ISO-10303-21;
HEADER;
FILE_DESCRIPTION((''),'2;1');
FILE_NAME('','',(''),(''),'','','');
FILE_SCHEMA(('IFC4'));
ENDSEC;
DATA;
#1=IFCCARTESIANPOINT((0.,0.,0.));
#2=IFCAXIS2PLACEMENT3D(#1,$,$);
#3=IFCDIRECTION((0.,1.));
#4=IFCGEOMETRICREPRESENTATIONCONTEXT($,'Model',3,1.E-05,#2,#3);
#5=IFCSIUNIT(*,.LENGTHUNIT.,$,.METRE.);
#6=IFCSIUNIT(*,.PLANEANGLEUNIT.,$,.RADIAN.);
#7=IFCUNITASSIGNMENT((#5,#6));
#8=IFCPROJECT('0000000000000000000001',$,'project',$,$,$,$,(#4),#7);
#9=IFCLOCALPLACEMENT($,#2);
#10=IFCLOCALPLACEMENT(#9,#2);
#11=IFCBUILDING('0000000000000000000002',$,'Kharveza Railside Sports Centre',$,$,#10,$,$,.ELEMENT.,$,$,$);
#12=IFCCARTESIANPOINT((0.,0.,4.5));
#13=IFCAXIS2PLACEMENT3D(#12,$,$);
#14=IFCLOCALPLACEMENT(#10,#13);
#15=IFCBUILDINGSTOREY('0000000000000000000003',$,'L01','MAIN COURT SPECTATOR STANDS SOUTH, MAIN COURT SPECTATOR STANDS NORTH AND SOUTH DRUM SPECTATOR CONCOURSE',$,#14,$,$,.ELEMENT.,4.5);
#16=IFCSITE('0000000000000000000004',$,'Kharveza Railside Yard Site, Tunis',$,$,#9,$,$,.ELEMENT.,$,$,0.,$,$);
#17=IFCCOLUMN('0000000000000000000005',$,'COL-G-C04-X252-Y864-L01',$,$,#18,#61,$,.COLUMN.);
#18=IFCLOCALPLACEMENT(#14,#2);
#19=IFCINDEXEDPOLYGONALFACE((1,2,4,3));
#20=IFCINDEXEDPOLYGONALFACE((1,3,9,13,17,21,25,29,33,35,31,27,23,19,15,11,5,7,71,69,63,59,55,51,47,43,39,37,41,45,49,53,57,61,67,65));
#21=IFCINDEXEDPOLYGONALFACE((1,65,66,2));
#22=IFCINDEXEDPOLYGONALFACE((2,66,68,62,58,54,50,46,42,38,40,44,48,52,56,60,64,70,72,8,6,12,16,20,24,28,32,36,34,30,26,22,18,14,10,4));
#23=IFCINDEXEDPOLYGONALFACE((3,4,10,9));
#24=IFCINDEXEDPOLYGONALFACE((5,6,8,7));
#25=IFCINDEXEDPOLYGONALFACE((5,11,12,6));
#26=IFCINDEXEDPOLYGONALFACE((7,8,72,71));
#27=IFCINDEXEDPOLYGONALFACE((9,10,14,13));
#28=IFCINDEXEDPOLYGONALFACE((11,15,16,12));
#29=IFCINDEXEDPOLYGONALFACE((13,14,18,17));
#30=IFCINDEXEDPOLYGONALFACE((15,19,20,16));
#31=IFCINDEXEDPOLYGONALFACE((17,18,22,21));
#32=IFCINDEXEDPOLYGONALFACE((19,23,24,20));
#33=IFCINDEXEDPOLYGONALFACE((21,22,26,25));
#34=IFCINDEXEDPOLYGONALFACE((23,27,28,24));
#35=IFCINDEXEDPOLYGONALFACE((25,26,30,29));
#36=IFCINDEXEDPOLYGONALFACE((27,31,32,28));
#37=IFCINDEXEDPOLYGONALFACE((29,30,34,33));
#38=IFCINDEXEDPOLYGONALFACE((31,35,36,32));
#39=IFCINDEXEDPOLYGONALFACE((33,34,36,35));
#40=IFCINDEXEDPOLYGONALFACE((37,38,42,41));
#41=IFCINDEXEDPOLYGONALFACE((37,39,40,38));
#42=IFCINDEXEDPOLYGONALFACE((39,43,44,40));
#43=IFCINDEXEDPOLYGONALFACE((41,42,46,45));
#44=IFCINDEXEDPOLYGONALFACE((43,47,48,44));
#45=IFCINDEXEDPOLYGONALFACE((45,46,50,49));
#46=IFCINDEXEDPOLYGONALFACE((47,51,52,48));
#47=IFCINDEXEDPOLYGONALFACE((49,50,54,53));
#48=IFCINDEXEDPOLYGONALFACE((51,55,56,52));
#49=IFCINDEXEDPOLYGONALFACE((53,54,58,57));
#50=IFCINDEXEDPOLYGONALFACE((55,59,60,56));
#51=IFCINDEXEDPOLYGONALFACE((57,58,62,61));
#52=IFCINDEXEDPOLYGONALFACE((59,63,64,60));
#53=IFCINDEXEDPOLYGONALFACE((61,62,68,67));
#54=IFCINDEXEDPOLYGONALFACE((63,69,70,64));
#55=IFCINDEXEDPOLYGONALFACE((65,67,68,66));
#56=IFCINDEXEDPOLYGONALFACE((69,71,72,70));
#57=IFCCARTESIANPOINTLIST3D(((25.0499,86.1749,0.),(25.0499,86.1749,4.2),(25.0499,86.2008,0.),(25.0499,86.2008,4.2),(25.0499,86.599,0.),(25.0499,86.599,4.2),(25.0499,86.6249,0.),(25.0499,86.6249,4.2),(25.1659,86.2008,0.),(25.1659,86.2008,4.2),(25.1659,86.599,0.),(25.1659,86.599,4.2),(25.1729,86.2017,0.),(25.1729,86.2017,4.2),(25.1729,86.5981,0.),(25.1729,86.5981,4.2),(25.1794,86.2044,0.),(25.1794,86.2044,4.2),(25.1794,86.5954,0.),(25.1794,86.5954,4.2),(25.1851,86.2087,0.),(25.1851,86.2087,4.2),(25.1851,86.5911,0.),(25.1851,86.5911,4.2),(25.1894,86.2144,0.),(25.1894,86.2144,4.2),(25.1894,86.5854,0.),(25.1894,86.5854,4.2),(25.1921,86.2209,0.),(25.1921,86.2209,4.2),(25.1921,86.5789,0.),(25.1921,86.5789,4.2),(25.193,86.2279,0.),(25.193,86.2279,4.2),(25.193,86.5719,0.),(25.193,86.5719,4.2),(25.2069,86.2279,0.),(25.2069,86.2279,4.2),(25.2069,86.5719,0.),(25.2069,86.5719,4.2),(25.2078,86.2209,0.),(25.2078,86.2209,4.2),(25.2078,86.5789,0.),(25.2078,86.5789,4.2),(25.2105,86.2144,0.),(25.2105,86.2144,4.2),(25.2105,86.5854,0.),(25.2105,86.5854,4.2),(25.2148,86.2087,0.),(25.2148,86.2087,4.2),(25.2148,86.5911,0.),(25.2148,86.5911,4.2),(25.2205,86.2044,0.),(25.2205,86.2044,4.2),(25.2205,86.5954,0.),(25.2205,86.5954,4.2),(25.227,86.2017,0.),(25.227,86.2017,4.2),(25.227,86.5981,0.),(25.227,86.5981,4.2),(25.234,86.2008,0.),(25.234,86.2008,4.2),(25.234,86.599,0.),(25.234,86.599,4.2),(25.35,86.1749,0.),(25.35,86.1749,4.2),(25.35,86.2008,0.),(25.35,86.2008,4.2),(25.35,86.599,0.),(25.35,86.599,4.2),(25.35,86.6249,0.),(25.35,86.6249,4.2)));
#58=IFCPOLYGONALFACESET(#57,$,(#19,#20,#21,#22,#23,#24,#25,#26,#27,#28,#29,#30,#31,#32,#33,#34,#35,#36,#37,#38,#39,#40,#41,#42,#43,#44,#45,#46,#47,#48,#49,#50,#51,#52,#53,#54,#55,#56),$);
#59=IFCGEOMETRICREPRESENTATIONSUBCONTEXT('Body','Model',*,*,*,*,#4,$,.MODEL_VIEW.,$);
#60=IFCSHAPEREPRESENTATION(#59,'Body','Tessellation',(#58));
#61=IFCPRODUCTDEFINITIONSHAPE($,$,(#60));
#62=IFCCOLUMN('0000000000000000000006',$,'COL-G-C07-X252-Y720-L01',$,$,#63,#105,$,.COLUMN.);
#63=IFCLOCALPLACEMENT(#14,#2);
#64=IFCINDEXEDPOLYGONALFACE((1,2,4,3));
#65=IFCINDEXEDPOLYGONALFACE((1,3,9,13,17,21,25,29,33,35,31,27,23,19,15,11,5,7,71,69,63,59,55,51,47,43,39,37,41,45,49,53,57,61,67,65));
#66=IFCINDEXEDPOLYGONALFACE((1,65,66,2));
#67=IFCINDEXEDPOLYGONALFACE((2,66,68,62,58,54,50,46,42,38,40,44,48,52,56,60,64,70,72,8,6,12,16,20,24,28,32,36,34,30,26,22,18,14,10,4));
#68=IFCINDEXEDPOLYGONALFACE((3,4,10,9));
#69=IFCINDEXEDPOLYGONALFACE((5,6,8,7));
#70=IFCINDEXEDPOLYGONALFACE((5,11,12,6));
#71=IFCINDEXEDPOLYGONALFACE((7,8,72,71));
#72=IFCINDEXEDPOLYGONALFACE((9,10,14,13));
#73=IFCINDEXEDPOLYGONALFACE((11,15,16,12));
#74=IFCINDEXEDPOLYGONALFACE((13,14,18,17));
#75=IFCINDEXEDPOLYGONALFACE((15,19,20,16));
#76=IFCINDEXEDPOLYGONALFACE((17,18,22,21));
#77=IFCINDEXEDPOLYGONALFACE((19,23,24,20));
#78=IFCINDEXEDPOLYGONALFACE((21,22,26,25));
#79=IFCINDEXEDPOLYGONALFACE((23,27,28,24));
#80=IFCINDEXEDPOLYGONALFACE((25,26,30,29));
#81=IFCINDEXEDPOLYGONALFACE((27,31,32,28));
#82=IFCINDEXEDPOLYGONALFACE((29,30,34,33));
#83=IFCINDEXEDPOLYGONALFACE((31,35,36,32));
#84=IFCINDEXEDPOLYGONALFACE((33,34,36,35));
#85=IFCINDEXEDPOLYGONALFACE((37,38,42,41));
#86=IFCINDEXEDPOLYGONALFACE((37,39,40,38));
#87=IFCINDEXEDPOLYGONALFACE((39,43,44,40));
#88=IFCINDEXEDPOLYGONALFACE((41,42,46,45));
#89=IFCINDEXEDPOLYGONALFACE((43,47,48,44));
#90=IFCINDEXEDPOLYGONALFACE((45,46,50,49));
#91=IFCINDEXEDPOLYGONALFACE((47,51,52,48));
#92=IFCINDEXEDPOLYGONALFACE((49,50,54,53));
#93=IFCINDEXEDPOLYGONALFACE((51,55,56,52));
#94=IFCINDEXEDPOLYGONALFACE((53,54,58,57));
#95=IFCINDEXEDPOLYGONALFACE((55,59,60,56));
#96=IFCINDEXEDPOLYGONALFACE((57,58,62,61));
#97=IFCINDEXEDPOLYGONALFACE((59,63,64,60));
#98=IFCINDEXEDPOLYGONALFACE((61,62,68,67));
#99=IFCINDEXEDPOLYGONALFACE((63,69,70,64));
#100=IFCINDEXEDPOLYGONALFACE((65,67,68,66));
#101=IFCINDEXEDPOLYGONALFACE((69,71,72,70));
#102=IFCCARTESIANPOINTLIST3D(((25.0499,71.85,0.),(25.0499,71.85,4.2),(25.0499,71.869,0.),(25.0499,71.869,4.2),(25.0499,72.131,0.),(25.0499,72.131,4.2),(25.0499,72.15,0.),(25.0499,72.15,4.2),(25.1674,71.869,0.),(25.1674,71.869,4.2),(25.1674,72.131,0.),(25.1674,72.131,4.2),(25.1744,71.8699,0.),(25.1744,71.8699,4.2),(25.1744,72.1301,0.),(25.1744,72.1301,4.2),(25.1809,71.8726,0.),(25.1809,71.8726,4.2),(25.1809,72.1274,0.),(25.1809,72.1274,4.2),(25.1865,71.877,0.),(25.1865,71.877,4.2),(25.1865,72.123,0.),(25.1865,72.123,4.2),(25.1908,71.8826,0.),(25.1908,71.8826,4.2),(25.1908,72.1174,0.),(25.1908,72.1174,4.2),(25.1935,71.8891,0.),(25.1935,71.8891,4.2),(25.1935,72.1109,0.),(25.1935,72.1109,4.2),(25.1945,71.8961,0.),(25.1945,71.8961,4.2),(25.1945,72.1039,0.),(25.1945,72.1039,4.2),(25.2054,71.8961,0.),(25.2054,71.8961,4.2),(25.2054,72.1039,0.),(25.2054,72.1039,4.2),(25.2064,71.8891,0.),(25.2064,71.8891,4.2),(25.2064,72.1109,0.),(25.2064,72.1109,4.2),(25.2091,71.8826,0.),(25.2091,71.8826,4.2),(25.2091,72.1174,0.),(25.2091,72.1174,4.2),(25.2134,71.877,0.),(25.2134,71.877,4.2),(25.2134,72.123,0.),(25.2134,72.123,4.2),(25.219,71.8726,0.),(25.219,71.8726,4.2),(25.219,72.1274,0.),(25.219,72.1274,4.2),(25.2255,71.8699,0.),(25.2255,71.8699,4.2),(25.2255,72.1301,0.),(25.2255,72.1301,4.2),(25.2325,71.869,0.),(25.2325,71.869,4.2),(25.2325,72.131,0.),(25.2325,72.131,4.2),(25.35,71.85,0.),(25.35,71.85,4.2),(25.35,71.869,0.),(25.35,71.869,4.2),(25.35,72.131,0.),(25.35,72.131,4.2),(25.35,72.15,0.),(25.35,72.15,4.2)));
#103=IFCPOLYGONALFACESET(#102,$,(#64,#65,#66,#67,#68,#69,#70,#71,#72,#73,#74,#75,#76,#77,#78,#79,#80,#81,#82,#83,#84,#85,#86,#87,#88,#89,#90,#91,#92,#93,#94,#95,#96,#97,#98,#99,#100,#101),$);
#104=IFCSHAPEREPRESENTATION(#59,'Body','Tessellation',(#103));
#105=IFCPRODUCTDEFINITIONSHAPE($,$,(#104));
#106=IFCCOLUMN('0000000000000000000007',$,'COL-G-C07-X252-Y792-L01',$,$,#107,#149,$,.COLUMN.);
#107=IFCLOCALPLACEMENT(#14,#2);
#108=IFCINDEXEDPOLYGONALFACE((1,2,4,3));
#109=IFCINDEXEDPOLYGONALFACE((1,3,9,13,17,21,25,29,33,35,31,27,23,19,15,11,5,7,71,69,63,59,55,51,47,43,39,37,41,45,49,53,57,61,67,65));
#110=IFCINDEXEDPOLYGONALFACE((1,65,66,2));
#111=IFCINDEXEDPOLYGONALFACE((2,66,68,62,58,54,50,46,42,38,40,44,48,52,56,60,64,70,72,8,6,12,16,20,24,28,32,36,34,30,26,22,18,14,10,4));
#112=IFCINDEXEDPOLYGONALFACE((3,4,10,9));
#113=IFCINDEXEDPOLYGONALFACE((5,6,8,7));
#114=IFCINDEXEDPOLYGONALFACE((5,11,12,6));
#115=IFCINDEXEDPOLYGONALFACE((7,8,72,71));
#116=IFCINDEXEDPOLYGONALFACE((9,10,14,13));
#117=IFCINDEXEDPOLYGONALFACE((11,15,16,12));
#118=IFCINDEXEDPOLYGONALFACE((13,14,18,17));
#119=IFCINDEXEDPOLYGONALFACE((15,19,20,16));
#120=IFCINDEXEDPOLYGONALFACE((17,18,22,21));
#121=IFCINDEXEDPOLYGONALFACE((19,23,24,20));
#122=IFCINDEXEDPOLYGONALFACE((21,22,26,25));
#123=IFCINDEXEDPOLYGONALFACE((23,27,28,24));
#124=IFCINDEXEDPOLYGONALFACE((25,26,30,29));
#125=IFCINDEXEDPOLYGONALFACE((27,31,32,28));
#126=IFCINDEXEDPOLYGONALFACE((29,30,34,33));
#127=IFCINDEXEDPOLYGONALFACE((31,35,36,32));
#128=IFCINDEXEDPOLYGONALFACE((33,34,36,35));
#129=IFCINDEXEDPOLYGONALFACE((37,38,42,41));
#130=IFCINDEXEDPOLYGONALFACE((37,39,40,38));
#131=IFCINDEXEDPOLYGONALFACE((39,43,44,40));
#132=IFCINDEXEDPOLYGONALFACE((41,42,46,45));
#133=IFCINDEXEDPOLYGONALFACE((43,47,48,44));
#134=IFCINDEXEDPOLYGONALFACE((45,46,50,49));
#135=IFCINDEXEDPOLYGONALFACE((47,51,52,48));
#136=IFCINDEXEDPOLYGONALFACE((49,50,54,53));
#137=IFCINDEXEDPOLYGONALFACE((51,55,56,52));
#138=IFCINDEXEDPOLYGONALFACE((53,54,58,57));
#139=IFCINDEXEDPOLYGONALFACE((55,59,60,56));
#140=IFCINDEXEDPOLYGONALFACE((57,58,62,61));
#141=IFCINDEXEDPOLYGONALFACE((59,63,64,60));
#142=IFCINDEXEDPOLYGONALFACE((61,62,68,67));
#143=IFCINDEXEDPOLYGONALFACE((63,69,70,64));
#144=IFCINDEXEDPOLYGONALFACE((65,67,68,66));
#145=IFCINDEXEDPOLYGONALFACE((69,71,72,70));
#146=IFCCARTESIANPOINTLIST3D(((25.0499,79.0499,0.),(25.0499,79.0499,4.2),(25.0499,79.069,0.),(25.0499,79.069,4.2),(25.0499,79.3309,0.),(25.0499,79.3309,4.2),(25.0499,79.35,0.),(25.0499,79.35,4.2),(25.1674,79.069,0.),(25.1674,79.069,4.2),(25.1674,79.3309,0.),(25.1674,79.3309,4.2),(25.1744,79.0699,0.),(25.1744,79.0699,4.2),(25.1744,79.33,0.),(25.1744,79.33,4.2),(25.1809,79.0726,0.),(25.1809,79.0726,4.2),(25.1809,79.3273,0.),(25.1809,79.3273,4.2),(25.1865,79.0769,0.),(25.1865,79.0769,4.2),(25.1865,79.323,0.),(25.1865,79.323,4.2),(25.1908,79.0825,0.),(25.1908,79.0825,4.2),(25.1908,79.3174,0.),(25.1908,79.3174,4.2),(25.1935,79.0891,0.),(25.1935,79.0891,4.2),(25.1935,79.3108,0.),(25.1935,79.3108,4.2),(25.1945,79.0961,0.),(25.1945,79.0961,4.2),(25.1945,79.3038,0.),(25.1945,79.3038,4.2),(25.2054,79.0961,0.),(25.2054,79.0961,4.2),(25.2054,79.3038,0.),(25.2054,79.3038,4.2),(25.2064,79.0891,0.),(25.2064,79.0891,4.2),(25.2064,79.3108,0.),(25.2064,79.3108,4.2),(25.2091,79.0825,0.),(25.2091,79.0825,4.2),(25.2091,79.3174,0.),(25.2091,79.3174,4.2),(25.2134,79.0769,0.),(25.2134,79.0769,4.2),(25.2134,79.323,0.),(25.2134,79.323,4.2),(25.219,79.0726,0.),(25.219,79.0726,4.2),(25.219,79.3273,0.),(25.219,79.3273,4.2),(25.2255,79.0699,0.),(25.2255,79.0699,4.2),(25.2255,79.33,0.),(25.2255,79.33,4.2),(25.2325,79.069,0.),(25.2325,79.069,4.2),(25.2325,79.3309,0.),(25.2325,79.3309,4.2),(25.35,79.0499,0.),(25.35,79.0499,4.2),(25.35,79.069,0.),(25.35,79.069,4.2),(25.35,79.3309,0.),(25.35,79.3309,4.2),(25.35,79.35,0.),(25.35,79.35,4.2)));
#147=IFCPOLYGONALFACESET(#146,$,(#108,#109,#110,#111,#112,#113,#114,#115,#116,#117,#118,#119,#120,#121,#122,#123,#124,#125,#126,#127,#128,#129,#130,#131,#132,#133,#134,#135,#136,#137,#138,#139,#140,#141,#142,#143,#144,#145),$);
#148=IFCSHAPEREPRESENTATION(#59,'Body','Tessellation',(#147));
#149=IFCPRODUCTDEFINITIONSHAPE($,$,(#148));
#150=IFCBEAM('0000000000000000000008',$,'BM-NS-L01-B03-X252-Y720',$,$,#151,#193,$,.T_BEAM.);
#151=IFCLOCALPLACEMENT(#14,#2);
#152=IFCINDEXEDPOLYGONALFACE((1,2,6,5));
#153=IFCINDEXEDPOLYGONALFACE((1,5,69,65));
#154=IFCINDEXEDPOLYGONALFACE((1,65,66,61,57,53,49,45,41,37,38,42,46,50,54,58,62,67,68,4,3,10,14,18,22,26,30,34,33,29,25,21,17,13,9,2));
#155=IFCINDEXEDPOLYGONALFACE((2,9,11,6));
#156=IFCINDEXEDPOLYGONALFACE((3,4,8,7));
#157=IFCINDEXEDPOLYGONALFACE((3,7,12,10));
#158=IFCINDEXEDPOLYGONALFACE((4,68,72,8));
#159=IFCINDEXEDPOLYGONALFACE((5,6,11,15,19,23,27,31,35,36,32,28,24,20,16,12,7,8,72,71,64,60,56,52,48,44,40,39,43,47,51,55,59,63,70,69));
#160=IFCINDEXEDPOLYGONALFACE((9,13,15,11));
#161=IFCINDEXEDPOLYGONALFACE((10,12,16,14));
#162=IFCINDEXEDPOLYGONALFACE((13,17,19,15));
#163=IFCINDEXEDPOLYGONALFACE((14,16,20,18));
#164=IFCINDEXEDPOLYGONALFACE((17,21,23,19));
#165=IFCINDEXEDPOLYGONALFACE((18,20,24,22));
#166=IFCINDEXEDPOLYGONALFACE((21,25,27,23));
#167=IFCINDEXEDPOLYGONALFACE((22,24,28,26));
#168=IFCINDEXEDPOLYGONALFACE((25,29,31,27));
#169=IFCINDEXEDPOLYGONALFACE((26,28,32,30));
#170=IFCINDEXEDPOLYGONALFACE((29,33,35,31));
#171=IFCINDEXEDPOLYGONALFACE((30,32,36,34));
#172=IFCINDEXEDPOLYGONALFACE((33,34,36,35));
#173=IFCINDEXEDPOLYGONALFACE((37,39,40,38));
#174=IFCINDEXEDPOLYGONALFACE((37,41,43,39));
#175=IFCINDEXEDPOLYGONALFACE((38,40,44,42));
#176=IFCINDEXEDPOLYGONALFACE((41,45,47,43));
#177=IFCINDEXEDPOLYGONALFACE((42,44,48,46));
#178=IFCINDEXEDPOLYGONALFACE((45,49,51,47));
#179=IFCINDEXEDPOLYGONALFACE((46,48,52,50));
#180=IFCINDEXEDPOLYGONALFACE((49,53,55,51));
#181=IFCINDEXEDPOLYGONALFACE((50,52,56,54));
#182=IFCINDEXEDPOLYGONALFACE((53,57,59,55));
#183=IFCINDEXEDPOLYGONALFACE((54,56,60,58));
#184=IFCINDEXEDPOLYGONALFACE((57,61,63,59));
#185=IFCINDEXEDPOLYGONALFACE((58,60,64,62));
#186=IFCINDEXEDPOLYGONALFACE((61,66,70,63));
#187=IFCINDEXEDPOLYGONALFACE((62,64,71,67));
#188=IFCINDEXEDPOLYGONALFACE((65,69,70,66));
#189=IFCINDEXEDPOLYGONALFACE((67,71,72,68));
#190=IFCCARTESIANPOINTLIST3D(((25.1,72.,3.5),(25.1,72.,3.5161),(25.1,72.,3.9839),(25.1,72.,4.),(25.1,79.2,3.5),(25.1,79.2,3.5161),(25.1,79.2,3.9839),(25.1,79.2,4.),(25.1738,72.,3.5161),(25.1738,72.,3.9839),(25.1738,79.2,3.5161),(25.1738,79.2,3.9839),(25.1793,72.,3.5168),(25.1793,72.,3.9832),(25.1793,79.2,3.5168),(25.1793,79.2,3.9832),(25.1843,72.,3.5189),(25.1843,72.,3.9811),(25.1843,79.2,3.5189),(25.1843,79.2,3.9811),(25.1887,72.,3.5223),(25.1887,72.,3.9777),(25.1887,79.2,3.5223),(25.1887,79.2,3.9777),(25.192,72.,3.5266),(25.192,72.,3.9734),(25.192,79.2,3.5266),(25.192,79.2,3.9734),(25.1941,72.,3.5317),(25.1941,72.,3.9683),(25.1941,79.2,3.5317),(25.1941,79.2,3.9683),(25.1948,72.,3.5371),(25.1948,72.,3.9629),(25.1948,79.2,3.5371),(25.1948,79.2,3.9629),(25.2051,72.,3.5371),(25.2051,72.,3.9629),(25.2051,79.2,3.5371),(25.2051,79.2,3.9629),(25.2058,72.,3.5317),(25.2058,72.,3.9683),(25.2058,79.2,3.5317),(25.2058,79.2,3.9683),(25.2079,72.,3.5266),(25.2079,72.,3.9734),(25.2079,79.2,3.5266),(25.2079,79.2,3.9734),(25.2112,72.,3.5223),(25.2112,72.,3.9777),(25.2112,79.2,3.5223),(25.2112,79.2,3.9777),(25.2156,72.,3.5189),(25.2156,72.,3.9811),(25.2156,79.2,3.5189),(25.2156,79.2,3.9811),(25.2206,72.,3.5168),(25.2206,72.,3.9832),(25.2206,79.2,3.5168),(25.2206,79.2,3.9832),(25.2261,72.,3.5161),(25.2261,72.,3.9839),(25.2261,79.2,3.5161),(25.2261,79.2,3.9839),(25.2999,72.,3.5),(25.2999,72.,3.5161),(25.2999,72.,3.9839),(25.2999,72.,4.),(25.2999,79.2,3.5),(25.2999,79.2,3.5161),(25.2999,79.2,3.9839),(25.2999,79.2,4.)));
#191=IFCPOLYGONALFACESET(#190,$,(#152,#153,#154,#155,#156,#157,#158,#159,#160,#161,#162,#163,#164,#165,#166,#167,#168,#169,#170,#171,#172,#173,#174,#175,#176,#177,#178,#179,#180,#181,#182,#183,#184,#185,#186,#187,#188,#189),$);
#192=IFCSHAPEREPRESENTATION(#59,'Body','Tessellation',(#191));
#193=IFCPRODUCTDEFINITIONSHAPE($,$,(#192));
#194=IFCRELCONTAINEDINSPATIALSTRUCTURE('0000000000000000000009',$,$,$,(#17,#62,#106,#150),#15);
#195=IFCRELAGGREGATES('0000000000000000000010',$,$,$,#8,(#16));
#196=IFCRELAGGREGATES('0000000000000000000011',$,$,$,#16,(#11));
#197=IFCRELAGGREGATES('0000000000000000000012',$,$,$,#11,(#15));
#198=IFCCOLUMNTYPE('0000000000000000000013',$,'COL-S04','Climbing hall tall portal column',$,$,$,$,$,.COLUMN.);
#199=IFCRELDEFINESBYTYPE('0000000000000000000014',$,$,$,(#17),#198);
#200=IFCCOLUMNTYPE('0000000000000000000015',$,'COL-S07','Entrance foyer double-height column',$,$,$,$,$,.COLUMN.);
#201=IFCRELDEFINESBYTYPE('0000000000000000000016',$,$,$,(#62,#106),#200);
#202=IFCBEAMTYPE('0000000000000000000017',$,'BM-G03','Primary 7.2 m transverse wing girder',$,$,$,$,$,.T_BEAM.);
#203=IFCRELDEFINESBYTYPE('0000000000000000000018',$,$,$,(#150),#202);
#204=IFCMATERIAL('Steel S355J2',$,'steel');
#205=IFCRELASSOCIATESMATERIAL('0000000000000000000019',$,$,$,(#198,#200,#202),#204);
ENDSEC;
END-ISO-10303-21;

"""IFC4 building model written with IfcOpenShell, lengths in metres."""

from ifc_helpers import new_model, si_unit, direction, frame, origin, origin_2d, place, context, subcontext, project, spatial, i_section, extrude, material, material_profile, profile_set, type_object, element, save


model = new_model("IFC4")

# Units and contexts
model_context = context("Model", 3, precision=1e-05, world=origin(), true_north=direction((0.0, 1.0)))
body_context = subcontext(model_context, "Body", "Model", "MODEL_VIEW")
ifc_project = project(units=[si_unit("LENGTHUNIT", "METRE"), si_unit("PLANEANGLEUNIT", "RADIAN")], contexts=[model_context])

# Site, building, storey
site_placement = place(None, origin())
site = spatial("IfcSite", under=ifc_project, at=site_placement, Name="Kharveza Railside Yard Site, Tunis", CompositionType="ELEMENT", RefElevation=0.0)
building_placement = place(site_placement, origin())
building = spatial("IfcBuilding", under=site, at=building_placement, Name="Kharveza Railside Sports Centre", CompositionType="ELEMENT")
storey_placement = place(building_placement, frame((0.0, 0.0, 4.5)))
storey = spatial("IfcBuildingStorey", under=building, at=storey_placement, Name="L01", Description="MAIN COURT SPECTATOR STANDS SOUTH, MAIN COURT SPECTATOR STANDS NORTH AND SOUTH DRUM SPECTATOR CONCOURSE", CompositionType="ELEMENT", Elevation=4.5)

# Columns
ifc_material_1 = material(Name="Steel S355J2", Category="steel")
ifc_material_profile_1 = material_profile(ifc_material_1, i_section(OverallWidth=0.3, OverallDepth=0.45, WebThickness=0.0139, FlangeThickness=0.0259, FilletRadius=0.0271, at=origin_2d()), Name="HEB 450")
ifc_profile_set_1 = profile_set([ifc_material_profile_1], Name="Steel S355J2")
column_type_1 = type_object("IfcColumnType", Name="COL-S04", Description="Climbing hall tall portal column", PredefinedType="COLUMN", material=ifc_profile_set_1)
column_placement = place(storey_placement, frame((25.2, 86.3999, 0.0), z_axis=(0.0, 0.0, 1.0), x_axis=(1.0, 0.0, 0.0)))
element("IfcColumn", 1, at=column_placement, inside=storey, type_object=column_type_1, Name="COL-G-C04-X252-Y864-L01", PredefinedType="COLUMN", context=body_context, shape_type="SweptSolid", body=[
    extrude(i_section(OverallWidth=0.3, OverallDepth=0.45, WebThickness=0.0139, FlangeThickness=0.0259, FilletRadius=0.0271, at=origin_2d()), origin(), (0.0, 0.0, 1.0), 4.2),
])
ifc_material_profile_2 = material_profile(ifc_material_1, i_section(OverallWidth=0.3, OverallDepth=0.3, WebThickness=0.011, FlangeThickness=0.019, FilletRadius=0.0271, at=origin_2d()), Name="HEB 300")
ifc_profile_set_2 = profile_set([ifc_material_profile_2], Name="Steel S355J2")
column_type_2 = type_object("IfcColumnType", Name="COL-S07", Description="Entrance foyer double-height column", PredefinedType="COLUMN", material=ifc_profile_set_2)
for number, where, z_axis, x_axis, name in (
    (2, (25.2, 72.0, 0.0), (0.0, 0.0, 1.0), (1.0, 0.0, 0.0), "COL-G-C07-X252-Y720-L01"),
    (3, (25.2, 79.2, 0.0), (0.0, 0.0, 1.0), (1.0, 0.0, 0.0), "COL-G-C07-X252-Y792-L01"),
):
    element("IfcColumn", number, at=place(storey_placement, frame(where, z_axis=z_axis, x_axis=x_axis)), inside=storey, type_object=column_type_2, Name=name, PredefinedType="COLUMN", context=body_context, shape_type="SweptSolid", body=[
        extrude(i_section(OverallWidth=0.3, OverallDepth=0.3, WebThickness=0.011, FlangeThickness=0.019, FilletRadius=0.0271, at=origin_2d()), origin(), (0.0, 0.0, 1.0), 4.2),
    ])

# Beam
ifc_material_profile_3 = material_profile(ifc_material_1, i_section(OverallWidth=0.2, OverallDepth=0.5, WebThickness=0.0103, FlangeThickness=0.0161, FilletRadius=0.021, at=origin_2d()), Name="IPE 500")
ifc_profile_set_3 = profile_set([ifc_material_profile_3], Name="Steel S355J2")
beam_type = type_object("IfcBeamType", Name="BM-G03", Description="Primary 7.2 m transverse wing girder", PredefinedType="T_BEAM", material=ifc_profile_set_3)
for number, where, z_axis, x_axis, name in (
    (4, (25.2, 72.0, 3.75), (0.0, 1.0, 0.0), (-1.0, 0.0, 0.0), "BM-NS-L01-B03-X252-Y720"),
):
    element("IfcBeam", number, at=place(storey_placement, frame(where, z_axis=z_axis, x_axis=x_axis)), inside=storey, type_object=beam_type, Name=name, PredefinedType="T_BEAM", context=body_context, shape_type="SweptSolid", body=[
        extrude(i_section(OverallWidth=0.2, OverallDepth=0.5, WebThickness=0.0103, FlangeThickness=0.0161, FilletRadius=0.021, at=origin_2d()), origin(), (0.0, 0.0, 1.0), 7.2),
    ])

save(model, "model.ifc")
